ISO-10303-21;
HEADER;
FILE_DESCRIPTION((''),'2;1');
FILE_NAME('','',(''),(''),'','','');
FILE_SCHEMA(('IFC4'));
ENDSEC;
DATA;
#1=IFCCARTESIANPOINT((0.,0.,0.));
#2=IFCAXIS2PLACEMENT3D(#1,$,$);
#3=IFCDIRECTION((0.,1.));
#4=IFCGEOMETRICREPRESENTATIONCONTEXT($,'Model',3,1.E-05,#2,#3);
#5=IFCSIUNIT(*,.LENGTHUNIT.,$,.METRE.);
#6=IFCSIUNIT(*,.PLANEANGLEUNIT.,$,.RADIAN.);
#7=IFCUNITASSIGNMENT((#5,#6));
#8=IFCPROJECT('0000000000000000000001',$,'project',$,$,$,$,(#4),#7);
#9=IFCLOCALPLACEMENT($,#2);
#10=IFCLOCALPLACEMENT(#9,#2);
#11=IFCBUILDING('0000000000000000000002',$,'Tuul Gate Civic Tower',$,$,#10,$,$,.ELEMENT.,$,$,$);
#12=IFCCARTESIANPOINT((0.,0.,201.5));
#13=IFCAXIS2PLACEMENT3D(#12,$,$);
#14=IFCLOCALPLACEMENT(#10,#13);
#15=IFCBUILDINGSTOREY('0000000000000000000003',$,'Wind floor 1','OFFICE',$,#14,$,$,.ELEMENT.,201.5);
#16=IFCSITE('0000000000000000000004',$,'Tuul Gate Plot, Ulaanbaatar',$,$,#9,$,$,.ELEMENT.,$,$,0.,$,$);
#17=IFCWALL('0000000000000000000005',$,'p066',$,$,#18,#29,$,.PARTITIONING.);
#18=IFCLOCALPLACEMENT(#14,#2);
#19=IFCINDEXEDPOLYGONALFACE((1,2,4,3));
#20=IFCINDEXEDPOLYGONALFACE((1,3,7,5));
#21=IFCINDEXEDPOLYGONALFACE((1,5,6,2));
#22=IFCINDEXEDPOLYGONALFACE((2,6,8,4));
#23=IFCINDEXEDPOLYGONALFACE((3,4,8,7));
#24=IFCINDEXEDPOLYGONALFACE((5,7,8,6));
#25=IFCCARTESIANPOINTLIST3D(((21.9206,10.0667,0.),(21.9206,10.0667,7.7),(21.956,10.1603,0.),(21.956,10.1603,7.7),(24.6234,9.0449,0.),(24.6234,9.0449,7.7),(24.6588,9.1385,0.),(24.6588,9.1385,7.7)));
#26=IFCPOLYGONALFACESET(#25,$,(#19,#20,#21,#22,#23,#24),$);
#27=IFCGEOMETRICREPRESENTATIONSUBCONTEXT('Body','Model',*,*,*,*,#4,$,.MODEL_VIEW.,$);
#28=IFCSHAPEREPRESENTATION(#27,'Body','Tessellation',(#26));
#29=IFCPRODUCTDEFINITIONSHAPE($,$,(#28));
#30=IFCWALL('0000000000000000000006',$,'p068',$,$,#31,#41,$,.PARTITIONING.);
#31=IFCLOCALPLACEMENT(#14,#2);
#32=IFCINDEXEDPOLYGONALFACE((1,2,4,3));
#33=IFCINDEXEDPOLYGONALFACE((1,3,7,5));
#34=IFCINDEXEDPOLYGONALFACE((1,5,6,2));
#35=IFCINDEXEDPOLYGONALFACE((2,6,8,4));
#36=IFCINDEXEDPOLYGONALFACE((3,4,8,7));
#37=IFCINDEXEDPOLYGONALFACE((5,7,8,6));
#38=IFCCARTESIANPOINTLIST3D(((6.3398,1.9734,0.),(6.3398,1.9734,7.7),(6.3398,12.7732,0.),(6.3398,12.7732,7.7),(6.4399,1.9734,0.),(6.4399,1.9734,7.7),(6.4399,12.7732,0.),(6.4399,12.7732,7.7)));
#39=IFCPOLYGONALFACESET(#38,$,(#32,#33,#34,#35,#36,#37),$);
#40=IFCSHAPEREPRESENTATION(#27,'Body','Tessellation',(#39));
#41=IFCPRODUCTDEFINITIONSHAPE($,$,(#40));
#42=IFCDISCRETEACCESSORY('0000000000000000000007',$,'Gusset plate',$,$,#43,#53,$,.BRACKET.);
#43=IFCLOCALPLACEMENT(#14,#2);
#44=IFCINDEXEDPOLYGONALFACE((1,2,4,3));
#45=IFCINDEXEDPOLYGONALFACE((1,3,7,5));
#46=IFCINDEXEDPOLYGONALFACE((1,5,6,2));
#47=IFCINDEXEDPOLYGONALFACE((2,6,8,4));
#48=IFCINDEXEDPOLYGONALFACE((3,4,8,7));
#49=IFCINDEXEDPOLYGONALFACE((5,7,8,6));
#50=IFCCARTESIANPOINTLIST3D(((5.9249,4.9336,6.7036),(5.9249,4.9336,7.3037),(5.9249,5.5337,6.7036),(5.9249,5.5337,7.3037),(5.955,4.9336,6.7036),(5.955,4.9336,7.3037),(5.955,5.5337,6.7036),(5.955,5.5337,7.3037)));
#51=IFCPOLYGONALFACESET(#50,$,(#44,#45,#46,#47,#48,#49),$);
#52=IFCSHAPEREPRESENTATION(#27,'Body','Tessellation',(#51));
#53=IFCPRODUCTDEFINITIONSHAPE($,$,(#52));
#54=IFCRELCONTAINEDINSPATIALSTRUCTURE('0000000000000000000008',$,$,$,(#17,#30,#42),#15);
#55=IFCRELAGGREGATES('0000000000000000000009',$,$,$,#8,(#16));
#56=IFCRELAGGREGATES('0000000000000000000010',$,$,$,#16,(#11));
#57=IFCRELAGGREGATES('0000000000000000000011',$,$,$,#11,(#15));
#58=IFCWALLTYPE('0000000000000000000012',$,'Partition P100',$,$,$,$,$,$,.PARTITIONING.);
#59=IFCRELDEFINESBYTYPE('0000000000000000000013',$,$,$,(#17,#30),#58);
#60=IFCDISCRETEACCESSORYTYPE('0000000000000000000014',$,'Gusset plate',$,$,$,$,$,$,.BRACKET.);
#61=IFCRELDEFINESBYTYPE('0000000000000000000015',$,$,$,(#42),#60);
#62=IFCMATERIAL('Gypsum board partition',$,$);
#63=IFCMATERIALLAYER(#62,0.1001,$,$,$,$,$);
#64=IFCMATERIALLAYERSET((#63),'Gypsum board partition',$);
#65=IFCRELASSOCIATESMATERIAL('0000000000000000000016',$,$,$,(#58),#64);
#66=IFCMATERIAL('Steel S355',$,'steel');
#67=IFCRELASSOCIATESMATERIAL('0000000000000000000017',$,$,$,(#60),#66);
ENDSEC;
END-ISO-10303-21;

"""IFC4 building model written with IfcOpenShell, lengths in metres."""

from ifc_helpers import new_model, si_unit, direction, frame, frame_2d, origin, origin_2d, place, context, subcontext, project, spatial, rectangle, extrude, material, layer, layer_set, type_object, element, save


model = new_model("IFC4")

# Units and contexts
model_context = context("Model", 3, precision=1e-05, world=origin(), true_north=direction((0.0, 1.0)))
body_context = subcontext(model_context, "Body", "Model", "MODEL_VIEW")
ifc_project = project(units=[si_unit("LENGTHUNIT", "METRE"), si_unit("PLANEANGLEUNIT", "RADIAN")], contexts=[model_context])

# Site, building, storey
site_placement = place(None, origin())
site = spatial("IfcSite", under=ifc_project, at=site_placement, Name="Tuul Gate Plot, Ulaanbaatar", CompositionType="ELEMENT", RefElevation=0.0)
building_placement = place(site_placement, origin())
building = spatial("IfcBuilding", under=site, at=building_placement, Name="Tuul Gate Civic Tower", CompositionType="ELEMENT")
storey_placement = place(building_placement, frame((0.0, 0.0, 201.5)))
storey = spatial("IfcBuildingStorey", under=building, at=storey_placement, Name="Wind floor 1", Description="OFFICE", CompositionType="ELEMENT", Elevation=201.5)

# Walls
ifc_material_1 = material(Name="Gypsum board partition")
ifc_layer_1 = layer(ifc_material_1, 0.1001)
ifc_layer_set_1 = layer_set([ifc_layer_1], Name="Gypsum board partition")
wall_type_1 = type_object("IfcWallType", Name="Partition P100", PredefinedType="PARTITIONING", material=ifc_layer_set_1)
wall_1_placement = place(storey_placement, frame((21.9382, 10.1135, 0.0), z_axis=(0.0, 0.0, 1.0), x_axis=(0.935388, -0.353622, 0.0)))
element("IfcWall", 1, at=wall_1_placement, inside=storey, type_object=wall_type_1, Name="p066", PredefinedType="PARTITIONING", context=body_context, shape_type="SweptSolid", body=[
    extrude(rectangle(XDim=2.8894, YDim=0.1001, at=frame_2d((1.4448, 0.0))), origin(), (0.0, 0.0, 1.0), 7.7),
])
wall_2_placement = place(storey_placement, frame((6.3899, 1.9734, 0.0), z_axis=(0.0, 0.0, 1.0), x_axis=(0.0, 1.0, 0.0)))
element("IfcWall", 2, at=wall_2_placement, inside=storey, type_object=wall_type_1, Name="p068", PredefinedType="PARTITIONING", context=body_context, shape_type="SweptSolid", body=[
    extrude(rectangle(XDim=10.7998, YDim=0.1001, at=frame_2d((5.3999, 0.0))), origin(), (0.0, 0.0, 1.0), 7.7),
])

# Discrete accessory
ifc_material_2 = material(Name="Steel S355", Category="steel")
discrete_accessory_type = type_object("IfcDiscreteAccessoryType", Name="Gusset plate", PredefinedType="BRACKET", material=ifc_material_2)
discrete_accessory_placement = place(storey_placement, frame((5.9399, 5.2336, 6.7036), z_axis=(0.0, 0.0, 1.0), x_axis=(0.0, 1.0, 0.0)))
element("IfcDiscreteAccessory", 3, at=discrete_accessory_placement, inside=storey, type_object=discrete_accessory_type, Name="Gusset plate", PredefinedType="BRACKET", context=body_context, shape_type="SweptSolid", body=[
    extrude(rectangle(XDim=0.6001, YDim=0.03, at=origin_2d()), origin(), (0.0, 0.0, 1.0), 0.6001),
])

save(model, "model.ifc")
